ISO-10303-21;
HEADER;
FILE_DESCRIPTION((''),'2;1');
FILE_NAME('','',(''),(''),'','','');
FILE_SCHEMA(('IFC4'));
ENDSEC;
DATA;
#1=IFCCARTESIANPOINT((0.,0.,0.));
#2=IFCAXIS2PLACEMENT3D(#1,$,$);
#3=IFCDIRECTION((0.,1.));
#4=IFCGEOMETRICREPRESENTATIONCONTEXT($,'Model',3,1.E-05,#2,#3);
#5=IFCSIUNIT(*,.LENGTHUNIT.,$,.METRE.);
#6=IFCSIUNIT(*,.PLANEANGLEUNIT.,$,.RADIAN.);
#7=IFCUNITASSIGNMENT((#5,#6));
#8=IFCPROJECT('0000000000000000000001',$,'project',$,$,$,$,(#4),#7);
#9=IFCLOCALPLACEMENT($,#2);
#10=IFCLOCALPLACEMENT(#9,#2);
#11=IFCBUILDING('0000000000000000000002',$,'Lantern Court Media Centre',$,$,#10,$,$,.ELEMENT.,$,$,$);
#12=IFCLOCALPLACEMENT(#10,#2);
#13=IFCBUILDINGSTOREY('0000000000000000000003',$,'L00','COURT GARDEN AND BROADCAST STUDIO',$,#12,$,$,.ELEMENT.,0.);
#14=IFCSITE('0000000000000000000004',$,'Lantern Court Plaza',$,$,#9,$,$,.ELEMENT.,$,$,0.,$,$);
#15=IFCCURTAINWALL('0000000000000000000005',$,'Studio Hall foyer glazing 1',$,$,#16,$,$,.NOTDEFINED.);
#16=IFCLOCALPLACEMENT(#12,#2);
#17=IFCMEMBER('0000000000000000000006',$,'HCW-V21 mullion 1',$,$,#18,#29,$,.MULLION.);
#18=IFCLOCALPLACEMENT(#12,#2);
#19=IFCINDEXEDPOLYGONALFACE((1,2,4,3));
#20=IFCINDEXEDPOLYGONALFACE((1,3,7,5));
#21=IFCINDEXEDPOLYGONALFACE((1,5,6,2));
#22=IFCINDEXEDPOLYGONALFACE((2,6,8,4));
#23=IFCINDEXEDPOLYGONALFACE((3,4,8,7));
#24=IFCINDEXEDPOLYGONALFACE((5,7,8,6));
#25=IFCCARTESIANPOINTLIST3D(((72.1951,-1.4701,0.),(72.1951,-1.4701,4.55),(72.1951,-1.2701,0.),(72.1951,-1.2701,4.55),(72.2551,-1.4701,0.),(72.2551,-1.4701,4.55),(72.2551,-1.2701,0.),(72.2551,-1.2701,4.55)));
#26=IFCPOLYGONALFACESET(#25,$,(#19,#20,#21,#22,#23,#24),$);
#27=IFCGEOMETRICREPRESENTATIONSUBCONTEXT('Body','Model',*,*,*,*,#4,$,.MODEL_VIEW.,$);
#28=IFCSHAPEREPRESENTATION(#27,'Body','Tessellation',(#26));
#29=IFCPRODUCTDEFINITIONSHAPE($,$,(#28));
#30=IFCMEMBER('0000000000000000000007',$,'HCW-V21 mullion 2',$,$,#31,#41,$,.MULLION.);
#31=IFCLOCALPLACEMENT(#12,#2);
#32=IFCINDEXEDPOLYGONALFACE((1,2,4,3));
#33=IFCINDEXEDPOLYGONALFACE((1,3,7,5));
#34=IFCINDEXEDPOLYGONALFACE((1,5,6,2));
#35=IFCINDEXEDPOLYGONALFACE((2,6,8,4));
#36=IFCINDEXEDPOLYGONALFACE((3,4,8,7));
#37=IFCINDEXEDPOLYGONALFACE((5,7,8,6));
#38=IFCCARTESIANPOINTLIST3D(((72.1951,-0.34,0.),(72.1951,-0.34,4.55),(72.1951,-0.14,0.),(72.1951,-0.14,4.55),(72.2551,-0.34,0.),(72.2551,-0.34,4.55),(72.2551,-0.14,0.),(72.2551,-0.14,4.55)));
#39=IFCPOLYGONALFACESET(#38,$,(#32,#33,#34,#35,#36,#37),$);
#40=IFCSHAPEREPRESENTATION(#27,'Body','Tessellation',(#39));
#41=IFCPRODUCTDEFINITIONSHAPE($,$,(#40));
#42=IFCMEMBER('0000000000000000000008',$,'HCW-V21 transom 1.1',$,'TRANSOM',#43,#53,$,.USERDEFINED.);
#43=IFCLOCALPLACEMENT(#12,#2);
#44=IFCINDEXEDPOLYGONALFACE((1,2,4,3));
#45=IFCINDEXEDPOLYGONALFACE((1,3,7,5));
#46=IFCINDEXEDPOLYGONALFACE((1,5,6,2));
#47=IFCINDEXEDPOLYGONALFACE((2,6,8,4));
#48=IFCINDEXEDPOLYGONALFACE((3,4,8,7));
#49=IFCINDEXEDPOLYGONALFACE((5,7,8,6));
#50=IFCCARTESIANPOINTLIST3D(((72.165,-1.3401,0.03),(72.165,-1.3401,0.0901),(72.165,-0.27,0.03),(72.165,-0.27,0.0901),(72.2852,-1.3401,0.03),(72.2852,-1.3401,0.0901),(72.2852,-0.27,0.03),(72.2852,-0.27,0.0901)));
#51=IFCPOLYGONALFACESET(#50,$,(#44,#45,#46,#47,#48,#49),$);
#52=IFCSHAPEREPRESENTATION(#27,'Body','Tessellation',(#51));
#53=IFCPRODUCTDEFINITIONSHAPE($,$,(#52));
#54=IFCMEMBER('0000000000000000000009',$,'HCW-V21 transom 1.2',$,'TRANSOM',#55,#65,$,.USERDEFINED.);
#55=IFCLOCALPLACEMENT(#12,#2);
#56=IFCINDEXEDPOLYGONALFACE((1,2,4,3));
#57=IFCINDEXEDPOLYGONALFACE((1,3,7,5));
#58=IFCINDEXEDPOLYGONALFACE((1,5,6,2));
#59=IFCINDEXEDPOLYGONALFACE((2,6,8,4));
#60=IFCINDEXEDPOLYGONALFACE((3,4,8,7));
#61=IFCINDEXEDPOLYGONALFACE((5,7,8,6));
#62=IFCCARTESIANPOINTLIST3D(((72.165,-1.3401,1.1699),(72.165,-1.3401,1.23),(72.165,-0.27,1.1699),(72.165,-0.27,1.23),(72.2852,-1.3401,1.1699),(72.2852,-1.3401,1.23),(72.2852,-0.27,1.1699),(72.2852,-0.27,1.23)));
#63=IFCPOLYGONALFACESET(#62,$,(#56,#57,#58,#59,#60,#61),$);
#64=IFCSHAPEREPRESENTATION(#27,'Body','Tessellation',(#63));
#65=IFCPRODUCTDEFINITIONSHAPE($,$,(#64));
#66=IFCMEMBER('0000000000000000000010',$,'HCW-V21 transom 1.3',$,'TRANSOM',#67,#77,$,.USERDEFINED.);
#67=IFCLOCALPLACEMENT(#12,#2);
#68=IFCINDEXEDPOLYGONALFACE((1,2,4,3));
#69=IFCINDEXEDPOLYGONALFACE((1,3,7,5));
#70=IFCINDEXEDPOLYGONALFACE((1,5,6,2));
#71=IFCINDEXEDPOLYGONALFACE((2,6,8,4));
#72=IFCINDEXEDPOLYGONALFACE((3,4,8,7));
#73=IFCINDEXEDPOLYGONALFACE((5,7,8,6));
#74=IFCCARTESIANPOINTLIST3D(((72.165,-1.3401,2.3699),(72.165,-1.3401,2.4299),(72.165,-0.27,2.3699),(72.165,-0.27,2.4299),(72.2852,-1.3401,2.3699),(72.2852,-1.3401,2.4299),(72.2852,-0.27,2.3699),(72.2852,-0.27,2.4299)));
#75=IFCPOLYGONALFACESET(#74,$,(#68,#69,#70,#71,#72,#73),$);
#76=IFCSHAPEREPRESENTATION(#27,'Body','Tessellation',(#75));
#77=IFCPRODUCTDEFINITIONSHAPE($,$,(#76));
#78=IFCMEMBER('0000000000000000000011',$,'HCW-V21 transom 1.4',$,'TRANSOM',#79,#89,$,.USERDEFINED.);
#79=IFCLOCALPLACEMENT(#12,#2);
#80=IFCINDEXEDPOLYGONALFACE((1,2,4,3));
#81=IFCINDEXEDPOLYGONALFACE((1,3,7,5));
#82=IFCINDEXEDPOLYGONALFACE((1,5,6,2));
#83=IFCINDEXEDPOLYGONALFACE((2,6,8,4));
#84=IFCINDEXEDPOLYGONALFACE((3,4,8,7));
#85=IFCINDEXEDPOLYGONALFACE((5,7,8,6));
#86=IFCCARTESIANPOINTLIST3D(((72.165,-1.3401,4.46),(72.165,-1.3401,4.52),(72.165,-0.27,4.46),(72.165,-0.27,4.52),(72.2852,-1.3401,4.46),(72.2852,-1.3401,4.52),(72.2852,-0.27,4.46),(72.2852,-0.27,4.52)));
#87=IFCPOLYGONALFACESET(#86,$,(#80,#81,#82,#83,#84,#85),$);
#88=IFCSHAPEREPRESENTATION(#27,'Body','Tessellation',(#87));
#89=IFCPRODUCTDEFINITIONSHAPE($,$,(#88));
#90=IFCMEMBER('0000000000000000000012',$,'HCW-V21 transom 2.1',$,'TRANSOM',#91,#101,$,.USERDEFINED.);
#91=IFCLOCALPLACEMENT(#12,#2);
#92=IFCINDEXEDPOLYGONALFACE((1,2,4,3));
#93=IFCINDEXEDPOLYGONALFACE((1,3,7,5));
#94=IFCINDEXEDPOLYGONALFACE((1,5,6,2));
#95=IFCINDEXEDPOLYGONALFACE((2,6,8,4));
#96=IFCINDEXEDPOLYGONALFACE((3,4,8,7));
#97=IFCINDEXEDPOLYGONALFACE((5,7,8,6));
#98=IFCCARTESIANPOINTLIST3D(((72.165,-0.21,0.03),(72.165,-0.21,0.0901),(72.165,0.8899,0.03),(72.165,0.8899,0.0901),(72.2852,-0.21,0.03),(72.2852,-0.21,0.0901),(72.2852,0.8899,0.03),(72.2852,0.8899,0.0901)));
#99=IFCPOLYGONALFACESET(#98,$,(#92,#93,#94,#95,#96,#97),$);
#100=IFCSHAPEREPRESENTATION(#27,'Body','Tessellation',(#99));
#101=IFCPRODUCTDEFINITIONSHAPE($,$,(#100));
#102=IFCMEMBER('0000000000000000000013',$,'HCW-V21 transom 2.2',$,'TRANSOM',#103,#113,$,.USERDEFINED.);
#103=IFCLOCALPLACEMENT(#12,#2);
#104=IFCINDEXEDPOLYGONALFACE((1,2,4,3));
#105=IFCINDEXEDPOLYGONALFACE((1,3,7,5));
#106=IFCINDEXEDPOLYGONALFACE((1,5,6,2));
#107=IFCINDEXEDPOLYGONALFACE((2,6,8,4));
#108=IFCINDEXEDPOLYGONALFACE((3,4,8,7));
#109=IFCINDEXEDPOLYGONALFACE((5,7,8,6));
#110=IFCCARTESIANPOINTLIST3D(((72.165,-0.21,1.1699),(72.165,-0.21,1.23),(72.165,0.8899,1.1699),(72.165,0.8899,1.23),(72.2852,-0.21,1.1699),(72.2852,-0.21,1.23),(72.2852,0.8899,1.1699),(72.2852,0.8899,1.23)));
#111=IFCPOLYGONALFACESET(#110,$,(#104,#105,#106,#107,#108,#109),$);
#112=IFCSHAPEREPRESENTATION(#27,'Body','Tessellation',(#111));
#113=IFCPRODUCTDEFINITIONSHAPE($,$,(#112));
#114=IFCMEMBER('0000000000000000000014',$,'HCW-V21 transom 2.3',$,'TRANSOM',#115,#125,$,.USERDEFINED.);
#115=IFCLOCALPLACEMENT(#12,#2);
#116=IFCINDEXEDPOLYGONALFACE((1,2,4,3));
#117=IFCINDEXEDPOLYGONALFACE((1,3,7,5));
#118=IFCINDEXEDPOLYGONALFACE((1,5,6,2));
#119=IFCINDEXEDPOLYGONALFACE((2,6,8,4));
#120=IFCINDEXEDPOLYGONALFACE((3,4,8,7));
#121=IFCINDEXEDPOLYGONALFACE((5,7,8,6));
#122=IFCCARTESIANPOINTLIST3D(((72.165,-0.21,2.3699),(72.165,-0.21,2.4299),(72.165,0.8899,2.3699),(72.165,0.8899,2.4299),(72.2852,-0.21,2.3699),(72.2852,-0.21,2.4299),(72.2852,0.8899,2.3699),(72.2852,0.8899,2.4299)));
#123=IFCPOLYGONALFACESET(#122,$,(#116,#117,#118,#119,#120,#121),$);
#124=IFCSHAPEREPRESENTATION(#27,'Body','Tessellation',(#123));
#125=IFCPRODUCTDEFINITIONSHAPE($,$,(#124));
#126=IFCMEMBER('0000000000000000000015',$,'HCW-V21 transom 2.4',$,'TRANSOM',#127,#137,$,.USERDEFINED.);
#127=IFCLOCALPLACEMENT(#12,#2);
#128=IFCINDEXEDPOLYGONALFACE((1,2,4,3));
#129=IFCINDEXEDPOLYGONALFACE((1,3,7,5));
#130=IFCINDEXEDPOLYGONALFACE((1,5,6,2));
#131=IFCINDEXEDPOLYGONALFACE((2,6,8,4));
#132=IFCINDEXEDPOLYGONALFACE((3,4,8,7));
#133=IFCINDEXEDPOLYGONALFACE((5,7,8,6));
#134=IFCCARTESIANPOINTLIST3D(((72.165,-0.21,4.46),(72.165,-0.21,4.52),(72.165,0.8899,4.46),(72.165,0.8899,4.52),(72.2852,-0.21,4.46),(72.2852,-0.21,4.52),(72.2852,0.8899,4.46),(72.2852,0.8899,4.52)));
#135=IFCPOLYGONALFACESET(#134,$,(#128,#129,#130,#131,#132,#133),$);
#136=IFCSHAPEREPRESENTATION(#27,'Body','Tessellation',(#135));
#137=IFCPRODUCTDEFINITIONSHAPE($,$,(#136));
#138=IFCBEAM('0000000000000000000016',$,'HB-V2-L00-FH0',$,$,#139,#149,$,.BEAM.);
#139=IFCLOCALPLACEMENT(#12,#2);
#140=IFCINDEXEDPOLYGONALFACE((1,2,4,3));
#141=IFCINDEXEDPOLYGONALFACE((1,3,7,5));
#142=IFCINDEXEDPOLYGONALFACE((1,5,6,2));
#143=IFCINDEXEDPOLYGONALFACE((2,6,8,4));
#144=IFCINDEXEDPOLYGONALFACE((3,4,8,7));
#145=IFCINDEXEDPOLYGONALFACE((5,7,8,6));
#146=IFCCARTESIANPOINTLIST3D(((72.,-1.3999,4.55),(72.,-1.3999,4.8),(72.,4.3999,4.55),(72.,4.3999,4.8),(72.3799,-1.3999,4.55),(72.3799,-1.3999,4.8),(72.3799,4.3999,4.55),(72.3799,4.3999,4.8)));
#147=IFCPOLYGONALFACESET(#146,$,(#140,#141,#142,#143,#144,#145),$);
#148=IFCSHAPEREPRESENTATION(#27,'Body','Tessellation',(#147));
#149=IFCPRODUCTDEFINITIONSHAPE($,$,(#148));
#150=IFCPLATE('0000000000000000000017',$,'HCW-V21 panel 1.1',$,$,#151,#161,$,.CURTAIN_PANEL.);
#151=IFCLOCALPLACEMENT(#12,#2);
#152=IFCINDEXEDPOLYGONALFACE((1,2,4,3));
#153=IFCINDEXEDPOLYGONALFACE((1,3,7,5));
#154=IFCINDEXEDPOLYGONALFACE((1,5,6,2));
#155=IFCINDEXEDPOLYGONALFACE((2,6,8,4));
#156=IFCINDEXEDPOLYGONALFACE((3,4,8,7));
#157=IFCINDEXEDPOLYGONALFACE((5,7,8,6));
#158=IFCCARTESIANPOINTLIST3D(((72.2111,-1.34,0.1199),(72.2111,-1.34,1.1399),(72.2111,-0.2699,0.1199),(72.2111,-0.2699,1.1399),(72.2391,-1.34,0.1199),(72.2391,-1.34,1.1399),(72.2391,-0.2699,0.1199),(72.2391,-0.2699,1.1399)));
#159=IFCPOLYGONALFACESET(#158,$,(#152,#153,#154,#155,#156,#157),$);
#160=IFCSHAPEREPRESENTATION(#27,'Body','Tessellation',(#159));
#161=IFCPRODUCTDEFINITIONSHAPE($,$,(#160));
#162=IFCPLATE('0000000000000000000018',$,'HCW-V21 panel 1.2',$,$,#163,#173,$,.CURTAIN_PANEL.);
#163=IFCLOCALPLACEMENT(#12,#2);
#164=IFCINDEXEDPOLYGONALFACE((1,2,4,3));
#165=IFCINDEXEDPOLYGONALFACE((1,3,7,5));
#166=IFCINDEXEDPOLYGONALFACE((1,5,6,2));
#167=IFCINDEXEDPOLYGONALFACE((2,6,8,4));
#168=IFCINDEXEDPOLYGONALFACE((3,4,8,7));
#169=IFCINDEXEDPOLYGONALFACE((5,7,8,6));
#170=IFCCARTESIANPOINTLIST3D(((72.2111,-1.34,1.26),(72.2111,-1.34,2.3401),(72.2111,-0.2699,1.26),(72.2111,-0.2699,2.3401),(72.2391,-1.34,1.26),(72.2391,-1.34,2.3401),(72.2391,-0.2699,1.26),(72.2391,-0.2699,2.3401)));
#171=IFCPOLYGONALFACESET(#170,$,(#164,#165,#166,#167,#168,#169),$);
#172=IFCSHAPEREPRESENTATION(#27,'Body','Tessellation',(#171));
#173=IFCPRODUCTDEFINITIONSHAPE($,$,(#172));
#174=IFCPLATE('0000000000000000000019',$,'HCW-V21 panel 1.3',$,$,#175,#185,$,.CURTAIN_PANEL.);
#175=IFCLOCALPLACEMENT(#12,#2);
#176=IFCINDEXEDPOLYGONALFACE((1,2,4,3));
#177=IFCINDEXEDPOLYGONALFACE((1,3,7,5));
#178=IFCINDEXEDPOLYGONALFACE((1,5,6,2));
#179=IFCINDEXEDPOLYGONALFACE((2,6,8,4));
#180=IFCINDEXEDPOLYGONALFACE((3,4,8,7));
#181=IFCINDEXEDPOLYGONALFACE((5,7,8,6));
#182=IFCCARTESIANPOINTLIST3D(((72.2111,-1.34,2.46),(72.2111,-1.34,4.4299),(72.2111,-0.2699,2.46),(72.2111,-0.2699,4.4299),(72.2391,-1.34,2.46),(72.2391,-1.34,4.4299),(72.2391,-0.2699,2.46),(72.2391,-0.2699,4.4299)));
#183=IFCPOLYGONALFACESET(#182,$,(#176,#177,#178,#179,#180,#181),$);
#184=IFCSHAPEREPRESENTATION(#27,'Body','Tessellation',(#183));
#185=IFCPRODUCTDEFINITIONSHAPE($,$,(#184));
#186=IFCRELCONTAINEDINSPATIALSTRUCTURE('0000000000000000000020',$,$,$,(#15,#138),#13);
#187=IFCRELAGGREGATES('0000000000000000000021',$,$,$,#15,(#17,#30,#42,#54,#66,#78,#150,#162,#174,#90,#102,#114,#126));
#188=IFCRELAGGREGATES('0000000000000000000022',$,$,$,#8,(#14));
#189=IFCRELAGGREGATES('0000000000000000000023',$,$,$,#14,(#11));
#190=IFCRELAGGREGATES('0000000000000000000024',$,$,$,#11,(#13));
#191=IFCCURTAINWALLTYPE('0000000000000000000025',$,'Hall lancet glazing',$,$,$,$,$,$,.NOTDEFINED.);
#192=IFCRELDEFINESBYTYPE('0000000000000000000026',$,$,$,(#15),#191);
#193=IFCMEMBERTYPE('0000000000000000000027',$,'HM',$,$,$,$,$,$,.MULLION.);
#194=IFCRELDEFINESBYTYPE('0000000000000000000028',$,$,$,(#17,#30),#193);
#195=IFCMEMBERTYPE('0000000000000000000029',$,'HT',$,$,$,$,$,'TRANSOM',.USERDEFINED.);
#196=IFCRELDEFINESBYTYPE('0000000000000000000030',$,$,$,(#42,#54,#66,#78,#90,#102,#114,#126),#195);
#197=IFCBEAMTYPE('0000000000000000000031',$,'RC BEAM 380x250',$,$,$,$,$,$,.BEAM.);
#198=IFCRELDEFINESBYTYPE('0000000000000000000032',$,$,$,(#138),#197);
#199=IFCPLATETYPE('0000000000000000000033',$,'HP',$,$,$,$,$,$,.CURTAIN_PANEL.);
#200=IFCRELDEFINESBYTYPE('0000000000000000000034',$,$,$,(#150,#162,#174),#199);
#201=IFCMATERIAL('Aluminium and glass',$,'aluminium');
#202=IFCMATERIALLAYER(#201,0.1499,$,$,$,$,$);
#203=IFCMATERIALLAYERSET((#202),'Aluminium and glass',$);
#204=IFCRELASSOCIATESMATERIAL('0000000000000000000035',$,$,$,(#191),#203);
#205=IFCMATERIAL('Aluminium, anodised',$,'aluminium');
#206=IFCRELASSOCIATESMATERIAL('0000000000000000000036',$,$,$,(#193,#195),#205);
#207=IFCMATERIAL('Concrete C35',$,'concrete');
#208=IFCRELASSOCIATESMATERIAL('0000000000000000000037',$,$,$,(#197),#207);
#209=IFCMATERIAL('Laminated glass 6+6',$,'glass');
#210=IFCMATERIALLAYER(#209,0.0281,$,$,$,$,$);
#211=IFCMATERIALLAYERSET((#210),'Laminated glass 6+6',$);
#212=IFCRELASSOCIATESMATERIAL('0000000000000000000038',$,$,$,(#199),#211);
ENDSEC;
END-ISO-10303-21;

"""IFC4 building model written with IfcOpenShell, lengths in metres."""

from ifc_helpers import new_model, si_unit, direction, frame, origin, origin_2d, place, context, subcontext, project, spatial, rectangle, extrude, material, layer, layer_set, material_profile, profile_set, type_object, element, aggregate, save


model = new_model("IFC4")

# Units and contexts
model_context = context("Model", 3, precision=1e-05, world=origin(), true_north=direction((0.0, 1.0)))
body_context = subcontext(model_context, "Body", "Model", "MODEL_VIEW")
ifc_project = project(units=[si_unit("LENGTHUNIT", "METRE"), si_unit("PLANEANGLEUNIT", "RADIAN")], contexts=[model_context])

# Site, building, storey
site_placement = place(None, origin())
site = spatial("IfcSite", under=ifc_project, at=site_placement, Name="Lantern Court Plaza", CompositionType="ELEMENT", RefElevation=0.0)
building_placement = place(site_placement, origin())
building = spatial("IfcBuilding", under=site, at=building_placement, Name="Lantern Court Media Centre", CompositionType="ELEMENT")
storey_placement = place(building_placement, origin())
storey = spatial("IfcBuildingStorey", under=building, at=storey_placement, Name="L00", Description="COURT GARDEN AND BROADCAST STUDIO", CompositionType="ELEMENT", Elevation=0.0)

# Curtain wall, members
ifc_material_1 = material(Name="Aluminium and glass", Category="aluminium")
ifc_layer_1 = layer(ifc_material_1, 0.1499)
ifc_layer_set_1 = layer_set([ifc_layer_1], Name="Aluminium and glass")
curtain_wall_type = type_object("IfcCurtainWallType", Name="Hall lancet glazing", PredefinedType="NOTDEFINED", material=ifc_layer_set_1)
curtain_wall_placement = place(storey_placement, origin())
curtain_wall = element("IfcCurtainWall", 1, at=curtain_wall_placement, inside=storey, type_object=curtain_wall_type, Name="Studio Hall foyer glazing 1", PredefinedType="NOTDEFINED")
ifc_material_2 = material(Name="Aluminium, anodised", Category="aluminium")
ifc_material_profile_1 = material_profile(ifc_material_2, rectangle(XDim=0.0601, YDim=0.2, at=origin_2d()), Name="HM")
ifc_profile_set_1 = profile_set([ifc_material_profile_1], Name="Aluminium, anodised")
member_type_1 = type_object("IfcMemberType", Name="HM", PredefinedType="MULLION", material=ifc_profile_set_1)
member_1_placement = place(storey_placement, frame((72.2251, -1.3701, 0.0), z_axis=(0.0, 0.0, 1.0), x_axis=(-1.0, 0.0, 0.0)))
member_1 = element("IfcMember", 2, at=member_1_placement, type_object=member_type_1, Name="HCW-V21 mullion 1", PredefinedType="MULLION", context=body_context, shape_type="SweptSolid", body=[
    extrude(rectangle(XDim=0.0601, YDim=0.2, at=origin_2d()), origin(), (0.0, 0.0, 1.0), 4.55),
])
member_2_placement = place(storey_placement, frame((72.2251, -0.24, 0.0), z_axis=(0.0, 0.0, 1.0), x_axis=(-1.0, 0.0, 0.0)))
member_2 = element("IfcMember", 3, at=member_2_placement, type_object=member_type_1, Name="HCW-V21 mullion 2", PredefinedType="MULLION", context=body_context, shape_type="SweptSolid", body=[
    extrude(rectangle(XDim=0.0601, YDim=0.2, at=origin_2d()), origin(), (0.0, 0.0, 1.0), 4.55),
])
ifc_material_profile_2 = material_profile(ifc_material_2, rectangle(XDim=0.1201, YDim=0.0601, at=origin_2d()), Name="HT")
ifc_profile_set_2 = profile_set([ifc_material_profile_2], Name="Aluminium, anodised")
member_type_2 = type_object("IfcMemberType", Name="HT", ElementType="TRANSOM", PredefinedType="USERDEFINED", material=ifc_profile_set_2)
member_3_placement = place(storey_placement, frame((72.2251, -1.3401, 0.0601), z_axis=(0.0, 1.0, 0.0), x_axis=(-1.0, 0.0, 0.0)))
member_3 = element("IfcMember", 4, at=member_3_placement, type_object=member_type_2, Name="HCW-V21 transom 1.1", ObjectType="TRANSOM", PredefinedType="USERDEFINED", context=body_context, shape_type="SweptSolid", body=[
    extrude(rectangle(XDim=0.1201, YDim=0.0601, at=origin_2d()), origin(), (0.0, 0.0, 1.0), 1.0701),
])
member_4_placement = place(storey_placement, frame((72.2251, -1.3401, 1.2), z_axis=(0.0, 1.0, 0.0), x_axis=(-1.0, 0.0, 0.0)))
member_4 = element("IfcMember", 5, at=member_4_placement, type_object=member_type_2, Name="HCW-V21 transom 1.2", ObjectType="TRANSOM", PredefinedType="USERDEFINED", context=body_context, shape_type="SweptSolid", body=[
    extrude(rectangle(XDim=0.1201, YDim=0.0601, at=origin_2d()), origin(), (0.0, 0.0, 1.0), 1.0701),
])
member_5_placement = place(storey_placement, frame((72.2251, -1.3401, 2.3999), z_axis=(0.0, 1.0, 0.0), x_axis=(-1.0, 0.0, 0.0)))
member_5 = element("IfcMember", 6, at=member_5_placement, type_object=member_type_2, Name="HCW-V21 transom 1.3", ObjectType="TRANSOM", PredefinedType="USERDEFINED", context=body_context, shape_type="SweptSolid", body=[
    extrude(rectangle(XDim=0.1201, YDim=0.0601, at=origin_2d()), origin(), (0.0, 0.0, 1.0), 1.0701),
])
member_6_placement = place(storey_placement, frame((72.2251, -1.3401, 4.49), z_axis=(0.0, 1.0, 0.0), x_axis=(-1.0, 0.0, 0.0)))
member_6 = element("IfcMember", 7, at=member_6_placement, type_object=member_type_2, Name="HCW-V21 transom 1.4", ObjectType="TRANSOM", PredefinedType="USERDEFINED", context=body_context, shape_type="SweptSolid", body=[
    extrude(rectangle(XDim=0.1201, YDim=0.0601, at=origin_2d()), origin(), (0.0, 0.0, 1.0), 1.0701),
])
member_7_placement = place(storey_placement, frame((72.2251, -0.21, 0.0601), z_axis=(0.0, 1.0, 0.0), x_axis=(-1.0, 0.0, 0.0)))
member_7 = element("IfcMember", 8, at=member_7_placement, type_object=member_type_2, Name="HCW-V21 transom 2.1", ObjectType="TRANSOM", PredefinedType="USERDEFINED", context=body_context, shape_type="SweptSolid", body=[
    extrude(rectangle(XDim=0.1201, YDim=0.0601, at=origin_2d()), origin(), (0.0, 0.0, 1.0), 1.0999),
])
member_8_placement = place(storey_placement, frame((72.2251, -0.21, 1.2), z_axis=(0.0, 1.0, 0.0), x_axis=(-1.0, 0.0, 0.0)))
member_8 = element("IfcMember", 9, at=member_8_placement, type_object=member_type_2, Name="HCW-V21 transom 2.2", ObjectType="TRANSOM", PredefinedType="USERDEFINED", context=body_context, shape_type="SweptSolid", body=[
    extrude(rectangle(XDim=0.1201, YDim=0.0601, at=origin_2d()), origin(), (0.0, 0.0, 1.0), 1.0999),
])
member_9_placement = place(storey_placement, frame((72.2251, -0.21, 2.3999), z_axis=(0.0, 1.0, 0.0), x_axis=(-1.0, 0.0, 0.0)))
member_9 = element("IfcMember", 10, at=member_9_placement, type_object=member_type_2, Name="HCW-V21 transom 2.3", ObjectType="TRANSOM", PredefinedType="USERDEFINED", context=body_context, shape_type="SweptSolid", body=[
    extrude(rectangle(XDim=0.1201, YDim=0.0601, at=origin_2d()), origin(), (0.0, 0.0, 1.0), 1.0999),
])
member_10_placement = place(storey_placement, frame((72.2251, -0.21, 4.49), z_axis=(0.0, 1.0, 0.0), x_axis=(-1.0, 0.0, 0.0)))
member_10 = element("IfcMember", 11, at=member_10_placement, type_object=member_type_2, Name="HCW-V21 transom 2.4", ObjectType="TRANSOM", PredefinedType="USERDEFINED", context=body_context, shape_type="SweptSolid", body=[
    extrude(rectangle(XDim=0.1201, YDim=0.0601, at=origin_2d()), origin(), (0.0, 0.0, 1.0), 1.0999),
])

# Beam
ifc_material_3 = material(Name="Concrete C35", Category="concrete")
ifc_material_profile_3 = material_profile(ifc_material_3, rectangle(XDim=0.3799, YDim=0.25, at=origin_2d()), Name="RC 380x250")
ifc_profile_set_3 = profile_set([ifc_material_profile_3], Name="Concrete C35")
beam_type_1 = type_object("IfcBeamType", Name="RC BEAM 380x250", PredefinedType="BEAM", material=ifc_profile_set_3)
beam_1_placement = place(storey_placement, frame((72.1899, -1.3999, 4.675), z_axis=(0.0, 1.0, 0.0), x_axis=(-1.0, 0.0, 0.0)))
element("IfcBeam", 12, at=beam_1_placement, inside=storey, type_object=beam_type_1, Name="HB-V2-L00-FH0", PredefinedType="BEAM", context=body_context, shape_type="SweptSolid", body=[
    extrude(rectangle(XDim=0.3799, YDim=0.25, at=origin_2d()), origin(), (0.0, 0.0, 1.0), 5.7998),
])

# Plates
ifc_material_4 = material(Name="Laminated glass 6+6", Category="glass")
ifc_layer_2 = layer(ifc_material_4, 0.0281)
ifc_layer_set_2 = layer_set([ifc_layer_2], Name="Laminated glass 6+6")
plate_type = type_object("IfcPlateType", Name="HP", PredefinedType="CURTAIN_PANEL", material=ifc_layer_set_2)
plate_1_placement = place(storey_placement, frame((72.2251, -0.8049, 0.1199), z_axis=(0.0, 0.0, 1.0), x_axis=(0.0, 1.0, 0.0)))
plate_1 = element("IfcPlate", 13, at=plate_1_placement, type_object=plate_type, Name="HCW-V21 panel 1.1", PredefinedType="CURTAIN_PANEL", context=body_context, shape_type="SweptSolid", body=[
    extrude(rectangle(XDim=1.0701, YDim=0.0281, at=origin_2d()), origin(), (0.0, 0.0, 1.0), 1.02),
])
plate_2_placement = place(storey_placement, frame((72.2251, -0.8049, 1.26), z_axis=(0.0, 0.0, 1.0), x_axis=(0.0, 1.0, 0.0)))
plate_2 = element("IfcPlate", 14, at=plate_2_placement, type_object=plate_type, Name="HCW-V21 panel 1.2", PredefinedType="CURTAIN_PANEL", context=body_context, shape_type="SweptSolid", body=[
    extrude(rectangle(XDim=1.0701, YDim=0.0281, at=origin_2d()), origin(), (0.0, 0.0, 1.0), 1.0801),
])
plate_3_placement = place(storey_placement, frame((72.2251, -0.8049, 2.46), z_axis=(0.0, 0.0, 1.0), x_axis=(0.0, 1.0, 0.0)))
plate_3 = element("IfcPlate", 15, at=plate_3_placement, type_object=plate_type, Name="HCW-V21 panel 1.3", PredefinedType="CURTAIN_PANEL", context=body_context, shape_type="SweptSolid", body=[
    extrude(rectangle(XDim=1.0701, YDim=0.0281, at=origin_2d()), origin(), (0.0, 0.0, 1.0), 1.97),
])
aggregate(curtain_wall, [member_1, member_2, member_3, member_4, member_5, member_6, plate_1, plate_2, plate_3, member_7, member_8, member_9, member_10])

save(model, "model.ifc")
